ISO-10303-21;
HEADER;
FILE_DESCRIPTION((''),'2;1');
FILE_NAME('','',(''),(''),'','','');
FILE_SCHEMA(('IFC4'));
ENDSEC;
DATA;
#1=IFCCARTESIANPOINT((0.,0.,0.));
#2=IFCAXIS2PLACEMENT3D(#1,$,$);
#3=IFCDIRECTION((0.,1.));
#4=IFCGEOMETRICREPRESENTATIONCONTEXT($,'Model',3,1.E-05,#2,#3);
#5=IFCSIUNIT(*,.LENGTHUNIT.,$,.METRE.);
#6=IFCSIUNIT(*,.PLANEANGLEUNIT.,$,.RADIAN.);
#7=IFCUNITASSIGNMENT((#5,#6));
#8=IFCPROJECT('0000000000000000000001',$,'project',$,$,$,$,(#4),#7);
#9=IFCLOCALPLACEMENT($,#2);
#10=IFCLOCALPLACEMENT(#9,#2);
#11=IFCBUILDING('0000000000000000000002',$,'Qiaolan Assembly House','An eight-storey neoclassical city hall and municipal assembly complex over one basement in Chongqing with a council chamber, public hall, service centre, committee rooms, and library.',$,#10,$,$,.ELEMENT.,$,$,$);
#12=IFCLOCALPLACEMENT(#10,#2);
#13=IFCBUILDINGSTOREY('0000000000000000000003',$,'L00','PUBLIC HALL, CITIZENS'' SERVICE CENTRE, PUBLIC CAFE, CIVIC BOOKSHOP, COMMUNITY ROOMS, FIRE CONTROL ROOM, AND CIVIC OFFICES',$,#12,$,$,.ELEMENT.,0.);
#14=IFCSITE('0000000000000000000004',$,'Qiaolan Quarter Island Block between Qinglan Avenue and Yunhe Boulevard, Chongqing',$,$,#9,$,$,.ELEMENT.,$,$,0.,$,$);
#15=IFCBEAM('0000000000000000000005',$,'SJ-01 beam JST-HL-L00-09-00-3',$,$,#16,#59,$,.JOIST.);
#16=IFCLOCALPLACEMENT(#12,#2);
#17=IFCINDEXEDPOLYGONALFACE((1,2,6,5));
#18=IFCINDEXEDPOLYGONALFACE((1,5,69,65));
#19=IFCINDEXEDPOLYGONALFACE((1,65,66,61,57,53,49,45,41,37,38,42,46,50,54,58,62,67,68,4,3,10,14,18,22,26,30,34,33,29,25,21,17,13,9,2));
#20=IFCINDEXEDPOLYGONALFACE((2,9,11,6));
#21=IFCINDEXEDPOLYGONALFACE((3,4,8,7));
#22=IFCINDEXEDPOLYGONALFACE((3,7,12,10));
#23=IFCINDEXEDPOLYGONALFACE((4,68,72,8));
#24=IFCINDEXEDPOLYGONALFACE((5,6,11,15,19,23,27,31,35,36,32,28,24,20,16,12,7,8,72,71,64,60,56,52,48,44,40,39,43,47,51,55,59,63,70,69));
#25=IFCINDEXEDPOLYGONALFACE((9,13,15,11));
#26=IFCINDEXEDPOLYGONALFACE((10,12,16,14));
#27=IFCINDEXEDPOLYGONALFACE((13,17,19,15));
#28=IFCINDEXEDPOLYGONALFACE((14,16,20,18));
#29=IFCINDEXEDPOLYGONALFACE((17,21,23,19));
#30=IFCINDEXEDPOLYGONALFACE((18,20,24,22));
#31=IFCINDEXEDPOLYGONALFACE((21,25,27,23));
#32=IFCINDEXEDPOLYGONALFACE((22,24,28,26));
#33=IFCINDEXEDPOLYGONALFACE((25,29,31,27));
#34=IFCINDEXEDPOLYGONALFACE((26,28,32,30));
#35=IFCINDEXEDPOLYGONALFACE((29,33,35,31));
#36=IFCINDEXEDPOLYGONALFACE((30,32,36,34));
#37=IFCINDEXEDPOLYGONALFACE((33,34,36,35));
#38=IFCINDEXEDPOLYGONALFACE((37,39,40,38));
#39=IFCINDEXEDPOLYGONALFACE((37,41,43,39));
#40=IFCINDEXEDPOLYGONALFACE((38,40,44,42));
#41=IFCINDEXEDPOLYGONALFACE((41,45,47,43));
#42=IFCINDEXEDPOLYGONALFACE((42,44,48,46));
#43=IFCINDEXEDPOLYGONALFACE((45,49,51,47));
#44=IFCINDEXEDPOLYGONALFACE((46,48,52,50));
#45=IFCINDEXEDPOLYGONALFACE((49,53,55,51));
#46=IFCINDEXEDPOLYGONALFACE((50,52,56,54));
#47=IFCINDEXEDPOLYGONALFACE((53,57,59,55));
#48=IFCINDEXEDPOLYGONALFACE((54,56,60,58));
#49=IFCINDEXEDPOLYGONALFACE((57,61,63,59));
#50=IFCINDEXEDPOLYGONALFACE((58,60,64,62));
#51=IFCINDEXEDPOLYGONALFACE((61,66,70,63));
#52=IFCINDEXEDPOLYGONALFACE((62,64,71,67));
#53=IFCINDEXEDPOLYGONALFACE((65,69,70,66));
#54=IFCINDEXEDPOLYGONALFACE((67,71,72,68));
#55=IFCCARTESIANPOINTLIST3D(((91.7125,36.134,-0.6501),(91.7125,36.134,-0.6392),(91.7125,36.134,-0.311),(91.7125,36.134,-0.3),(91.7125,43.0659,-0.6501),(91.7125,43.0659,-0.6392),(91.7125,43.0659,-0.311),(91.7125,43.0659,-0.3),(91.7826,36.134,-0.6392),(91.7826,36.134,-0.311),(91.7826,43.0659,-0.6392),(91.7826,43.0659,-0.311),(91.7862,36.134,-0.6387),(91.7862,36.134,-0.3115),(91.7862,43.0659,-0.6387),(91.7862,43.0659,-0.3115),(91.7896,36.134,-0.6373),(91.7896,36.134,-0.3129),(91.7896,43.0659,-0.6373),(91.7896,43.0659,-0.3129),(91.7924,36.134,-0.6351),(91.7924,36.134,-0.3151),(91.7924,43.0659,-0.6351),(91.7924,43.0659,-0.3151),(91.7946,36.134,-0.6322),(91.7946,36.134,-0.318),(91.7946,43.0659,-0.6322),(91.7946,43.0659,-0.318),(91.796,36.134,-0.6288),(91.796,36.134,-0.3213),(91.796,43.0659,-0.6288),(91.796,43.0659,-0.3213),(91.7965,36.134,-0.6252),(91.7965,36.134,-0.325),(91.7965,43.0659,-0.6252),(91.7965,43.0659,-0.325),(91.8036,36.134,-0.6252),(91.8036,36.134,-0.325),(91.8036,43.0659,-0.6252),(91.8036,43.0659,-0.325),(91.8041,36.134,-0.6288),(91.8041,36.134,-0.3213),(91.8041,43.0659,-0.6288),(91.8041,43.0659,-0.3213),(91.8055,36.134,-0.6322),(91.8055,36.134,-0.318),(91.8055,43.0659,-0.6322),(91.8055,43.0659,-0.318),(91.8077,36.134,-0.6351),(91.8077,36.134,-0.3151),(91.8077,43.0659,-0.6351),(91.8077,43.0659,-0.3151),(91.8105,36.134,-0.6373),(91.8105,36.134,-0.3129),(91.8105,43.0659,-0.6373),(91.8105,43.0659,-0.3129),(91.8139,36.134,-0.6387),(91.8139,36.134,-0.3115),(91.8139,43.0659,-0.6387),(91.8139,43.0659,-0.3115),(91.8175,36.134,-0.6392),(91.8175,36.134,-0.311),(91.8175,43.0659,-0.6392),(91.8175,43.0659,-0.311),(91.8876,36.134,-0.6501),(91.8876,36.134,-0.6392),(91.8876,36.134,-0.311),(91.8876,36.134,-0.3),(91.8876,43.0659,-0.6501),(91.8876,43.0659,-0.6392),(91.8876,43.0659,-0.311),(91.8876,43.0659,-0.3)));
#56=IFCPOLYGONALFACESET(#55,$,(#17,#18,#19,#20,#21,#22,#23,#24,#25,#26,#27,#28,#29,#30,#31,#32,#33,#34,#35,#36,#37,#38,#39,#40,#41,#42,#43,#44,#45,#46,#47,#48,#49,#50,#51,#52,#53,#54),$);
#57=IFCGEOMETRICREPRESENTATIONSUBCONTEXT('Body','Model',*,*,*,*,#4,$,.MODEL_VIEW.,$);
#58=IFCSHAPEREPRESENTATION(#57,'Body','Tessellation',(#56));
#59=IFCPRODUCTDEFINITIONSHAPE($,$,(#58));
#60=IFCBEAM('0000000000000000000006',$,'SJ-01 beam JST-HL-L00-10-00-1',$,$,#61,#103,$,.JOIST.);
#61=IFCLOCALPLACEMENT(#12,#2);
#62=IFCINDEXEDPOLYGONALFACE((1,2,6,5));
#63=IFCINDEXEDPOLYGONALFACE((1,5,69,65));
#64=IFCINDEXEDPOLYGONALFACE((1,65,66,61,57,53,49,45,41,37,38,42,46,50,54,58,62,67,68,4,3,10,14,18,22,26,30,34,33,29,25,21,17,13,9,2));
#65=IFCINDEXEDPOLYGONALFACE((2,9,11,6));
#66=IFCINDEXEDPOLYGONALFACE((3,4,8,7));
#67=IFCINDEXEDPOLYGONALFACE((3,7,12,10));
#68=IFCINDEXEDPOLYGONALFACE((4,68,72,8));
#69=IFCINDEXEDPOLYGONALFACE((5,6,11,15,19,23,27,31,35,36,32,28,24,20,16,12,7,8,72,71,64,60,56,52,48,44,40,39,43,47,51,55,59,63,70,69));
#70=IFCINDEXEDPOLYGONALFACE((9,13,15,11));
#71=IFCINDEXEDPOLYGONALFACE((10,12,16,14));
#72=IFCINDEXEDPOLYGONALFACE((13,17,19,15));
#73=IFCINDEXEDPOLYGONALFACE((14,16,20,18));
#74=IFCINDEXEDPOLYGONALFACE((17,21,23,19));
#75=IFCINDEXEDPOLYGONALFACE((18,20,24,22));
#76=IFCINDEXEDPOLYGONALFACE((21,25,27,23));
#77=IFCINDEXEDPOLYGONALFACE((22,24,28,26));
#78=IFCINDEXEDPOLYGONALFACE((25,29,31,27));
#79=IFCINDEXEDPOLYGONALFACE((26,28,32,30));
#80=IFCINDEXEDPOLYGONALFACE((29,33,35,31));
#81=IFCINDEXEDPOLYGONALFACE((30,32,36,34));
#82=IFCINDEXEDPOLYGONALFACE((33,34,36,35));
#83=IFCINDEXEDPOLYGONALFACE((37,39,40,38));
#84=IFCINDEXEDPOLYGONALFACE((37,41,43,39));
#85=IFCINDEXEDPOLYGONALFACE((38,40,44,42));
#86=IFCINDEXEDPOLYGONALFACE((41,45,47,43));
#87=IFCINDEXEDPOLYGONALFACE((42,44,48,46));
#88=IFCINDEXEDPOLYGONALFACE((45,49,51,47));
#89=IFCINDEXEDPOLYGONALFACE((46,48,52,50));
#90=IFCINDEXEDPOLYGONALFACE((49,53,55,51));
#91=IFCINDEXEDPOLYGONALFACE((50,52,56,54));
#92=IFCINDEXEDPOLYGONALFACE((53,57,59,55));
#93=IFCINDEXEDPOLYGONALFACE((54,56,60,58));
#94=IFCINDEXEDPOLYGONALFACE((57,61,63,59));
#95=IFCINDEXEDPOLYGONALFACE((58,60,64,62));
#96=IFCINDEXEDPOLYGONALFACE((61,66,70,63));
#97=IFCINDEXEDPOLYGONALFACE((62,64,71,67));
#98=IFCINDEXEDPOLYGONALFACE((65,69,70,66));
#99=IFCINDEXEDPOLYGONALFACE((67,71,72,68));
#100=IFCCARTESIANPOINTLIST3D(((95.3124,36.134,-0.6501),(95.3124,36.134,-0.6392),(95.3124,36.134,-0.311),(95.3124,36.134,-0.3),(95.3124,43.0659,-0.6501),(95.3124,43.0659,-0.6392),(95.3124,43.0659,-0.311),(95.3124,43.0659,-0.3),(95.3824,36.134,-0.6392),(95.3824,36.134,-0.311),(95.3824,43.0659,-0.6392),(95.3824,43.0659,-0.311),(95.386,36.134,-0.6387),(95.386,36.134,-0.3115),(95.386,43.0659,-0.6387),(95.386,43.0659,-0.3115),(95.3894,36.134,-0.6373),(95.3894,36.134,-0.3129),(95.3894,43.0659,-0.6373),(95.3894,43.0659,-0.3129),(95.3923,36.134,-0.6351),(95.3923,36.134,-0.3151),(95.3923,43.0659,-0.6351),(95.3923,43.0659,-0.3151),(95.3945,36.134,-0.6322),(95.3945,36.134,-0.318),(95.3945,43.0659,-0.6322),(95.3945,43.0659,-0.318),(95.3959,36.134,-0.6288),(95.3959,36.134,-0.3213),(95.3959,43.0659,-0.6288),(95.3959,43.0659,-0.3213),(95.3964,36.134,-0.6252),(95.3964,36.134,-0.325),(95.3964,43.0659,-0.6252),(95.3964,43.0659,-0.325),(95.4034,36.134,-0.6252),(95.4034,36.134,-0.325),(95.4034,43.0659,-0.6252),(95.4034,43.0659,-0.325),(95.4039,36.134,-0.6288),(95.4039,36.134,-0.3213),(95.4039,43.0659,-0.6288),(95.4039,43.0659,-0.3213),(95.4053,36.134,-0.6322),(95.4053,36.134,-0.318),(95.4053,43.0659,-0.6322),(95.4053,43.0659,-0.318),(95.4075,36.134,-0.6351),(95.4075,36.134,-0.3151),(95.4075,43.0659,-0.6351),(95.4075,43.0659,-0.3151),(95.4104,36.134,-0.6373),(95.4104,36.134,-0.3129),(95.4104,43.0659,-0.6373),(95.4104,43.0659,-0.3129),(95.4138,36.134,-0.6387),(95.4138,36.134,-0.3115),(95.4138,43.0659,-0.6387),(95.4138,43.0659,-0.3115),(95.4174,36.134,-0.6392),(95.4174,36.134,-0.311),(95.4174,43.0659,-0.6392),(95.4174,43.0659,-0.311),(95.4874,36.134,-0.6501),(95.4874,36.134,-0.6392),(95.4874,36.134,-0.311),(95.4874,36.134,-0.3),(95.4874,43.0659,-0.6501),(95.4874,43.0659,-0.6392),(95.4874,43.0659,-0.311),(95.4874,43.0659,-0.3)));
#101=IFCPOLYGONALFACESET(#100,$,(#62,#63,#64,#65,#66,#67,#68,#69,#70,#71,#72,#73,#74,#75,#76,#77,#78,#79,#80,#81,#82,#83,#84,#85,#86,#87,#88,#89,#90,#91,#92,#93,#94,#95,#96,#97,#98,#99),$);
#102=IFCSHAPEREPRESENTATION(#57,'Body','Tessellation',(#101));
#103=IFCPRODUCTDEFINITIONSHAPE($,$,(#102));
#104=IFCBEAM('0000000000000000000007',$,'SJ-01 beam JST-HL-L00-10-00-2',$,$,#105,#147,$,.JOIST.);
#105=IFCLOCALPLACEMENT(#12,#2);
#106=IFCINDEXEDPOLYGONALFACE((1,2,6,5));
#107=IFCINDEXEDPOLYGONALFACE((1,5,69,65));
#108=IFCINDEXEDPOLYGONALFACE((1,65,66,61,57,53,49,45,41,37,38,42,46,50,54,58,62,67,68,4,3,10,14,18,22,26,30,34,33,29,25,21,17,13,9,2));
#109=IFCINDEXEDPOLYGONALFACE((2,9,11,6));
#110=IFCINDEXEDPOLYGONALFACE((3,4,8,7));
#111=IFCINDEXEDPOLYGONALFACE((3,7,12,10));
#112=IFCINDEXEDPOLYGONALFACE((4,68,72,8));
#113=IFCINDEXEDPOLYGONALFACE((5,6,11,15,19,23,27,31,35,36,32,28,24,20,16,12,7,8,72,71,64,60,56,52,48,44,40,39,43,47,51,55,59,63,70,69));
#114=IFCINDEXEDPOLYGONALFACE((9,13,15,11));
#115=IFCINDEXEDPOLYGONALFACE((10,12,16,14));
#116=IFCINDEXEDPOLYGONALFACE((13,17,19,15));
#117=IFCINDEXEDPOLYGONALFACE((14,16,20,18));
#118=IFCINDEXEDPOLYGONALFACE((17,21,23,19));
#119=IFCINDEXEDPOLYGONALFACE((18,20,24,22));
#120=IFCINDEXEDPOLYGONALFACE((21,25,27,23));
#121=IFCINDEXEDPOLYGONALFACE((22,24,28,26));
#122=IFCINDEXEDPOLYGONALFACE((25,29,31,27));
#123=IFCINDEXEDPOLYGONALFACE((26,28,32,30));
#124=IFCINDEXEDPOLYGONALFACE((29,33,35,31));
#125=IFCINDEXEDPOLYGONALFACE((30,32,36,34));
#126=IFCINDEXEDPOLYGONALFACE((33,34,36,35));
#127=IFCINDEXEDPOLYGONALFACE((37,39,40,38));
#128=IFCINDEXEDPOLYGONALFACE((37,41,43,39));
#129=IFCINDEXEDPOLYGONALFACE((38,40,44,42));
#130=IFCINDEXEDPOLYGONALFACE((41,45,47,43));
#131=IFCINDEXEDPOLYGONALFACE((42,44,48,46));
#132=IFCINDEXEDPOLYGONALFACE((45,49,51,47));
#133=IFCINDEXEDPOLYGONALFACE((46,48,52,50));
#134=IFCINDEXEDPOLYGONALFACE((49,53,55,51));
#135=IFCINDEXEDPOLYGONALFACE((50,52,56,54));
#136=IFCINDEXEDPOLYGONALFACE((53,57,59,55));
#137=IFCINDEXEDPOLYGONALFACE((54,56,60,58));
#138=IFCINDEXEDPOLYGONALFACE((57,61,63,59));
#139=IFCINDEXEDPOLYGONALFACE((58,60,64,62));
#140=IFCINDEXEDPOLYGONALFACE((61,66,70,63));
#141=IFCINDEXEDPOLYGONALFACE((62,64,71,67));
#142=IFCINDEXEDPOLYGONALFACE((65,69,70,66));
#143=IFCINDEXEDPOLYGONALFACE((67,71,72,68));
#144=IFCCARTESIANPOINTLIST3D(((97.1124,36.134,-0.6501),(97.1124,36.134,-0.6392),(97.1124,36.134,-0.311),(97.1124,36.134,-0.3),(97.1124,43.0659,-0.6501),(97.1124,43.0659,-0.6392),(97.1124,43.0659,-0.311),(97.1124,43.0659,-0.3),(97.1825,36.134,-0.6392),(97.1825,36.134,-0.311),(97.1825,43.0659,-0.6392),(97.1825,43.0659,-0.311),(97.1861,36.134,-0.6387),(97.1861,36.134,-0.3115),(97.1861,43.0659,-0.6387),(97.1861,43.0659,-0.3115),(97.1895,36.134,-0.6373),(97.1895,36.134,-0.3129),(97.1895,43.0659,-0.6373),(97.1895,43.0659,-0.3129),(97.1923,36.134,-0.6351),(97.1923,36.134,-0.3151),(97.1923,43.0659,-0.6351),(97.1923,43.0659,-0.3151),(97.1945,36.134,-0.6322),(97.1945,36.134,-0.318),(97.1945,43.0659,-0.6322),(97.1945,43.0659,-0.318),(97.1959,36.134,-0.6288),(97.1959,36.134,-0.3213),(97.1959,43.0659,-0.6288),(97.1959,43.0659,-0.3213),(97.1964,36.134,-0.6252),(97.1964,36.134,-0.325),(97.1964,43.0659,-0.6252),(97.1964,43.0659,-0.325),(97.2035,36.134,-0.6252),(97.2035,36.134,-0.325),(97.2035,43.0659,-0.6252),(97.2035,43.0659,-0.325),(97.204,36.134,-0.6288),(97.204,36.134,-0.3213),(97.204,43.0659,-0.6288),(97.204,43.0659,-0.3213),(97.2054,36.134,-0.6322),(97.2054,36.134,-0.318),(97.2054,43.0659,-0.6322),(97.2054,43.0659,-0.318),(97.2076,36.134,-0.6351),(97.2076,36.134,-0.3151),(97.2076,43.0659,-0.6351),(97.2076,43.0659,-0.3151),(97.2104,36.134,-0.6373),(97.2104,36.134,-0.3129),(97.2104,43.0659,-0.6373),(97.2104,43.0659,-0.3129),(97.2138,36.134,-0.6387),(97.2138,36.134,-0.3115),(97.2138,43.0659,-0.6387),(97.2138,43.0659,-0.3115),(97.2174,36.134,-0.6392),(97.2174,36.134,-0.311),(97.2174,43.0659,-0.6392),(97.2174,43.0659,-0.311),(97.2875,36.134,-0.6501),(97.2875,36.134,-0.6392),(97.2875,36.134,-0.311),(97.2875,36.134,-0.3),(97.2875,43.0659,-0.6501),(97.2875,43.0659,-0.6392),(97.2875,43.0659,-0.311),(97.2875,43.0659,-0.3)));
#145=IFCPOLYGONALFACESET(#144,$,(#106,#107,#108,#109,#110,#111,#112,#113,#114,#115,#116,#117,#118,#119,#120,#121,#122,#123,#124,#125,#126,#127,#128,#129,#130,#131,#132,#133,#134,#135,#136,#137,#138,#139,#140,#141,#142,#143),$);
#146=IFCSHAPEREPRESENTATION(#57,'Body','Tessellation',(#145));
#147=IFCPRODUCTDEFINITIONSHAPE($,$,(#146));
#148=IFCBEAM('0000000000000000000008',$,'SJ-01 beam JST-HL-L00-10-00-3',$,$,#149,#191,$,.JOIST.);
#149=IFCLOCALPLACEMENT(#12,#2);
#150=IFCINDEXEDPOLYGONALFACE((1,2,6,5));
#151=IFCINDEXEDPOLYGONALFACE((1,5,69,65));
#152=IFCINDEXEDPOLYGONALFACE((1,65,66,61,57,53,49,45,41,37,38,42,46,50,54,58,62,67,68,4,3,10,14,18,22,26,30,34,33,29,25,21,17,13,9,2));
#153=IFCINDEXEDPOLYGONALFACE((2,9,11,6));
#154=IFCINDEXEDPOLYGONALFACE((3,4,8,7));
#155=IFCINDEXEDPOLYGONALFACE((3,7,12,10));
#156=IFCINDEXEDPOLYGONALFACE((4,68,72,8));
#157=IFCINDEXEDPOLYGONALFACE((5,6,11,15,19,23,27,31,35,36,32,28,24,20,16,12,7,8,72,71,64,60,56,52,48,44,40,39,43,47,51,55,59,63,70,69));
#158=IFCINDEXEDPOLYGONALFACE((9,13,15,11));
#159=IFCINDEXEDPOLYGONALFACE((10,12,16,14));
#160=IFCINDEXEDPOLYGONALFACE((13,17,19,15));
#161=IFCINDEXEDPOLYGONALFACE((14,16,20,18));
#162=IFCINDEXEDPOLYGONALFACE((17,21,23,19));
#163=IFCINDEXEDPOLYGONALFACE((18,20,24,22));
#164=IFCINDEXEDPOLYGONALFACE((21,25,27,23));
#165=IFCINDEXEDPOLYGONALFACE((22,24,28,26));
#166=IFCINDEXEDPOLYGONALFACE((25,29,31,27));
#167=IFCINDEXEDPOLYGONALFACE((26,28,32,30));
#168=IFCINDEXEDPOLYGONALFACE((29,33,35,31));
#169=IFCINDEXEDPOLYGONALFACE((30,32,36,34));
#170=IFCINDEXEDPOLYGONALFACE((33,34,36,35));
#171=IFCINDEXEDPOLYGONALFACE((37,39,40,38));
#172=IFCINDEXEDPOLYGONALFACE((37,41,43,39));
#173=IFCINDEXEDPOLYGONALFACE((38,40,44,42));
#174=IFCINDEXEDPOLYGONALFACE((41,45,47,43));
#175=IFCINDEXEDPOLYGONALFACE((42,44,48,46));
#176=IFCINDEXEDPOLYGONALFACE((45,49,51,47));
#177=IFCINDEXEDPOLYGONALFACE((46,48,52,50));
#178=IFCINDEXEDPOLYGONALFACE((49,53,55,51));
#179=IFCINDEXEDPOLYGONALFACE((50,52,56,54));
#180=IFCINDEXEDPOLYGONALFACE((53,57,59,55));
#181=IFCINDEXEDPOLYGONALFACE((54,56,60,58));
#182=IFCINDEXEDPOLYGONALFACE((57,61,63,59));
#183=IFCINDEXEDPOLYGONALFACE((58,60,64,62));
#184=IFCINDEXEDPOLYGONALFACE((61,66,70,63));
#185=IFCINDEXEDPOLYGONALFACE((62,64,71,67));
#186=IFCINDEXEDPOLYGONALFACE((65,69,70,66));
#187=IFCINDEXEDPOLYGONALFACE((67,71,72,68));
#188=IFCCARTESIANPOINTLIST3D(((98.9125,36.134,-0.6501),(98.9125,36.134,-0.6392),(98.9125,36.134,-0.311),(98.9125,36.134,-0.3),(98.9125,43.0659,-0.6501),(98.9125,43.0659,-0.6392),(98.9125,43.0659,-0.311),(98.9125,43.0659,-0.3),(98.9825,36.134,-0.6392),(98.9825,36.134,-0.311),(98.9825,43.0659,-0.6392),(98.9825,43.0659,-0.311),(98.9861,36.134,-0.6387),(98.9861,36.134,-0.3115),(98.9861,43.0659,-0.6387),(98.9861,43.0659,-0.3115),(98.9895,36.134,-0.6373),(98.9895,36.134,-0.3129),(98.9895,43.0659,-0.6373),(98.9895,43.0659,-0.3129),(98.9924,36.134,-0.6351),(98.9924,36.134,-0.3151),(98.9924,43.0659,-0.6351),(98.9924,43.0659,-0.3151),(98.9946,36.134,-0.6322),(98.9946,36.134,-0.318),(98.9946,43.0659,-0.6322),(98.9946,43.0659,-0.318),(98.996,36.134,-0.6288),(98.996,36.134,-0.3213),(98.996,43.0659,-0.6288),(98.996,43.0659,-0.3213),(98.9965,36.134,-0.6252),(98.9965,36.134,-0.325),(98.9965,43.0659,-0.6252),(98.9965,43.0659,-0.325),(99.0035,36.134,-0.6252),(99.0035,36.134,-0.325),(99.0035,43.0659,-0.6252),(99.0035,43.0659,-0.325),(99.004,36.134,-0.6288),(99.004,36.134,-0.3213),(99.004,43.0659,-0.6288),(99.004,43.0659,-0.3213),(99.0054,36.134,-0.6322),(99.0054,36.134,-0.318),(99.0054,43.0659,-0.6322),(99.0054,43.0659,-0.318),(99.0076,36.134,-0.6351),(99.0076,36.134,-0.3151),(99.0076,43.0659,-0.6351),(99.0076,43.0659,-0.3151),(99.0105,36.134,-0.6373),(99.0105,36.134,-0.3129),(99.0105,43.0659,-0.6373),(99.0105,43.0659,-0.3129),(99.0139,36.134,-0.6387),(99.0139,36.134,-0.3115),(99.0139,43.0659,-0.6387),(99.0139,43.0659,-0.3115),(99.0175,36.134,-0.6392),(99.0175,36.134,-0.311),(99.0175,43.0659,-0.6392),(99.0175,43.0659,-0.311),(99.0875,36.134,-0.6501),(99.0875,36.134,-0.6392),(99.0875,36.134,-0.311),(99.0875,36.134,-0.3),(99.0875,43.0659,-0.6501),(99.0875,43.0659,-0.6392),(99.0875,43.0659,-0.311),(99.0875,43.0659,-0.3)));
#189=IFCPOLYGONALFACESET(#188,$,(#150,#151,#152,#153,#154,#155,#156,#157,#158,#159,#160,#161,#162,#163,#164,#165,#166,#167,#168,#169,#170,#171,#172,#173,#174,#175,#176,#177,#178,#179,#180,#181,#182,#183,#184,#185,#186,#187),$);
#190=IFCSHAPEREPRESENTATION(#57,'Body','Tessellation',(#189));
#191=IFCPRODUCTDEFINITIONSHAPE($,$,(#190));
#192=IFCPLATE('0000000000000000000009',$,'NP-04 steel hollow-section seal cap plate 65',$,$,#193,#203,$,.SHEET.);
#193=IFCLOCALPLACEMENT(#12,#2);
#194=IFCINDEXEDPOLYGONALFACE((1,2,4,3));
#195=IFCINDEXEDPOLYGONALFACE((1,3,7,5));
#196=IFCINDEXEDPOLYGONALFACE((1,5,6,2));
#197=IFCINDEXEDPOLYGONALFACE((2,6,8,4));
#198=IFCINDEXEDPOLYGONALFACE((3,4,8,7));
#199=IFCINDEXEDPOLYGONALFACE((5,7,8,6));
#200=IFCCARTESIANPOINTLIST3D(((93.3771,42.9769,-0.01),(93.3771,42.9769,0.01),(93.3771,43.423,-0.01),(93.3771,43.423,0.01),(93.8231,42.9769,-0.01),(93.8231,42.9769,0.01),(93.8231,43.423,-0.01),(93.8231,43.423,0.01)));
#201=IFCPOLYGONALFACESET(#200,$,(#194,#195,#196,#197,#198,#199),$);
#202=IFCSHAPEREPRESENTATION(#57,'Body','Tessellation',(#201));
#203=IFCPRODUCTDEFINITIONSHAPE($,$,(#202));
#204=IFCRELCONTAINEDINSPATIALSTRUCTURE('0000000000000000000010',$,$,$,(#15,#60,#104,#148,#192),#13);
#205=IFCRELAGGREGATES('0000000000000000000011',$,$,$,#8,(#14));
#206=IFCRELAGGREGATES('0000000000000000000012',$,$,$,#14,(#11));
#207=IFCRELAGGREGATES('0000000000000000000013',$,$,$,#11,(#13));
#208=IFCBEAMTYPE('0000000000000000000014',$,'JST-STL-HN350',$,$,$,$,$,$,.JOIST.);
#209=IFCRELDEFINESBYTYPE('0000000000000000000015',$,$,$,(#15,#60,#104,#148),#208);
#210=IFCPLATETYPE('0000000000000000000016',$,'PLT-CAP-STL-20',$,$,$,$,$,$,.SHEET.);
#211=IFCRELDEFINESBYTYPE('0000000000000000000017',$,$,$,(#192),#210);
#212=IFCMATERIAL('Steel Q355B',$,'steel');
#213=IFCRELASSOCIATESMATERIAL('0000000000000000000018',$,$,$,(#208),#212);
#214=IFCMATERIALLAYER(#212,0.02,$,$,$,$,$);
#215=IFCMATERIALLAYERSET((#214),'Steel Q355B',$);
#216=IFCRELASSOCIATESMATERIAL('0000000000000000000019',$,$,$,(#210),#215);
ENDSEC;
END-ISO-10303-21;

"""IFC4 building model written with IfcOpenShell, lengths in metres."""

from ifc_helpers import new_model, si_unit, direction, frame, origin, origin_2d, place, context, subcontext, project, spatial, rectangle, i_section, extrude, material, layer, layer_set, material_profile, profile_set, type_object, element, save


model = new_model("IFC4")

# Units and contexts
model_context = context("Model", 3, precision=1e-05, world=origin(), true_north=direction((0.0, 1.0)))
body_context = subcontext(model_context, "Body", "Model", "MODEL_VIEW")
ifc_project = project(units=[si_unit("LENGTHUNIT", "METRE"), si_unit("PLANEANGLEUNIT", "RADIAN")], contexts=[model_context])

# Site, building, storey
site_placement = place(None, origin())
site = spatial("IfcSite", under=ifc_project, at=site_placement, Name="Qiaolan Quarter Island Block between Qinglan Avenue and Yunhe Boulevard, Chongqing", CompositionType="ELEMENT", RefElevation=0.0)
building_placement = place(site_placement, origin())
building = spatial("IfcBuilding", under=site, at=building_placement, Name="Qiaolan Assembly House", Description="An eight-storey neoclassical city hall and municipal assembly complex over one basement in Chongqing with a council chamber, public hall, service centre, committee rooms, and library.", CompositionType="ELEMENT")
storey_placement = place(building_placement, origin())
storey = spatial("IfcBuildingStorey", under=building, at=storey_placement, Name="L00", Description="PUBLIC HALL, CITIZENS' SERVICE CENTRE, PUBLIC CAFE, CIVIC BOOKSHOP, COMMUNITY ROOMS, FIRE CONTROL ROOM, AND CIVIC OFFICES", CompositionType="ELEMENT", Elevation=0.0)

# Shared definitions
ifc_material_1 = material(Name="Steel Q355B", Category="steel")

# Beams
ifc_material_profile_1 = material_profile(ifc_material_1, i_section(OverallWidth=0.175, OverallDepth=0.3501, WebThickness=0.0071, FlangeThickness=0.011, FilletRadius=0.0139, at=origin_2d()), Name="HN 350x175x7x11")
ifc_profile_set_1 = profile_set([ifc_material_profile_1], Name="Steel Q355B")
beam_type_1 = type_object("IfcBeamType", Name="JST-STL-HN350", PredefinedType="JOIST", material=ifc_profile_set_1)
for number, where, z_axis, x_axis, name in (
    (1, (91.8, 36.134, -0.4751), (0.0, 1.0, 0.0), (-1.0, 0.0, 0.0), "SJ-01 beam JST-HL-L00-09-00-3"),
    (2, (95.3999, 36.134, -0.4751), (0.0, 1.0, 0.0), (-1.0, 0.0, 0.0), "SJ-01 beam JST-HL-L00-10-00-1"),
    (3, (97.2, 36.134, -0.4751), (0.0, 1.0, 0.0), (-1.0, 0.0, 0.0), "SJ-01 beam JST-HL-L00-10-00-2"),
    (4, (99.0, 36.134, -0.4751), (0.0, 1.0, 0.0), (-1.0, 0.0, 0.0), "SJ-01 beam JST-HL-L00-10-00-3"),
):
    element("IfcBeam", number, at=place(storey_placement, frame(where, z_axis=z_axis, x_axis=x_axis)), inside=storey, type_object=beam_type_1, Name=name, PredefinedType="JOIST", context=body_context, shape_type="SweptSolid", body=[
        extrude(i_section(OverallWidth=0.175, OverallDepth=0.3501, WebThickness=0.0071, FlangeThickness=0.011, FilletRadius=0.0139, at=origin_2d()), origin(), (0.0, 0.0, 1.0), 6.9319),
    ])

# Plate
ifc_layer_1 = layer(ifc_material_1, 0.02)
ifc_layer_set_1 = layer_set([ifc_layer_1], Name="Steel Q355B")
plate_type = type_object("IfcPlateType", Name="PLT-CAP-STL-20", PredefinedType="SHEET", material=ifc_layer_set_1)
for number, where, z_axis, x_axis, name in (
    (5, (93.6001, 43.2, -0.01), (0.0, 0.0, 1.0), (1.0, 0.0, 0.0), "NP-04 steel hollow-section seal cap plate 65"),
):
    element("IfcPlate", number, at=place(storey_placement, frame(where, z_axis=z_axis, x_axis=x_axis)), inside=storey, type_object=plate_type, Name=name, PredefinedType="SHEET", context=body_context, shape_type="SweptSolid", body=[
        extrude(rectangle(XDim=0.446, YDim=0.446, at=origin_2d()), origin(), (0.0, 0.0, 1.0), 0.02),
    ])

save(model, "model.ifc")
